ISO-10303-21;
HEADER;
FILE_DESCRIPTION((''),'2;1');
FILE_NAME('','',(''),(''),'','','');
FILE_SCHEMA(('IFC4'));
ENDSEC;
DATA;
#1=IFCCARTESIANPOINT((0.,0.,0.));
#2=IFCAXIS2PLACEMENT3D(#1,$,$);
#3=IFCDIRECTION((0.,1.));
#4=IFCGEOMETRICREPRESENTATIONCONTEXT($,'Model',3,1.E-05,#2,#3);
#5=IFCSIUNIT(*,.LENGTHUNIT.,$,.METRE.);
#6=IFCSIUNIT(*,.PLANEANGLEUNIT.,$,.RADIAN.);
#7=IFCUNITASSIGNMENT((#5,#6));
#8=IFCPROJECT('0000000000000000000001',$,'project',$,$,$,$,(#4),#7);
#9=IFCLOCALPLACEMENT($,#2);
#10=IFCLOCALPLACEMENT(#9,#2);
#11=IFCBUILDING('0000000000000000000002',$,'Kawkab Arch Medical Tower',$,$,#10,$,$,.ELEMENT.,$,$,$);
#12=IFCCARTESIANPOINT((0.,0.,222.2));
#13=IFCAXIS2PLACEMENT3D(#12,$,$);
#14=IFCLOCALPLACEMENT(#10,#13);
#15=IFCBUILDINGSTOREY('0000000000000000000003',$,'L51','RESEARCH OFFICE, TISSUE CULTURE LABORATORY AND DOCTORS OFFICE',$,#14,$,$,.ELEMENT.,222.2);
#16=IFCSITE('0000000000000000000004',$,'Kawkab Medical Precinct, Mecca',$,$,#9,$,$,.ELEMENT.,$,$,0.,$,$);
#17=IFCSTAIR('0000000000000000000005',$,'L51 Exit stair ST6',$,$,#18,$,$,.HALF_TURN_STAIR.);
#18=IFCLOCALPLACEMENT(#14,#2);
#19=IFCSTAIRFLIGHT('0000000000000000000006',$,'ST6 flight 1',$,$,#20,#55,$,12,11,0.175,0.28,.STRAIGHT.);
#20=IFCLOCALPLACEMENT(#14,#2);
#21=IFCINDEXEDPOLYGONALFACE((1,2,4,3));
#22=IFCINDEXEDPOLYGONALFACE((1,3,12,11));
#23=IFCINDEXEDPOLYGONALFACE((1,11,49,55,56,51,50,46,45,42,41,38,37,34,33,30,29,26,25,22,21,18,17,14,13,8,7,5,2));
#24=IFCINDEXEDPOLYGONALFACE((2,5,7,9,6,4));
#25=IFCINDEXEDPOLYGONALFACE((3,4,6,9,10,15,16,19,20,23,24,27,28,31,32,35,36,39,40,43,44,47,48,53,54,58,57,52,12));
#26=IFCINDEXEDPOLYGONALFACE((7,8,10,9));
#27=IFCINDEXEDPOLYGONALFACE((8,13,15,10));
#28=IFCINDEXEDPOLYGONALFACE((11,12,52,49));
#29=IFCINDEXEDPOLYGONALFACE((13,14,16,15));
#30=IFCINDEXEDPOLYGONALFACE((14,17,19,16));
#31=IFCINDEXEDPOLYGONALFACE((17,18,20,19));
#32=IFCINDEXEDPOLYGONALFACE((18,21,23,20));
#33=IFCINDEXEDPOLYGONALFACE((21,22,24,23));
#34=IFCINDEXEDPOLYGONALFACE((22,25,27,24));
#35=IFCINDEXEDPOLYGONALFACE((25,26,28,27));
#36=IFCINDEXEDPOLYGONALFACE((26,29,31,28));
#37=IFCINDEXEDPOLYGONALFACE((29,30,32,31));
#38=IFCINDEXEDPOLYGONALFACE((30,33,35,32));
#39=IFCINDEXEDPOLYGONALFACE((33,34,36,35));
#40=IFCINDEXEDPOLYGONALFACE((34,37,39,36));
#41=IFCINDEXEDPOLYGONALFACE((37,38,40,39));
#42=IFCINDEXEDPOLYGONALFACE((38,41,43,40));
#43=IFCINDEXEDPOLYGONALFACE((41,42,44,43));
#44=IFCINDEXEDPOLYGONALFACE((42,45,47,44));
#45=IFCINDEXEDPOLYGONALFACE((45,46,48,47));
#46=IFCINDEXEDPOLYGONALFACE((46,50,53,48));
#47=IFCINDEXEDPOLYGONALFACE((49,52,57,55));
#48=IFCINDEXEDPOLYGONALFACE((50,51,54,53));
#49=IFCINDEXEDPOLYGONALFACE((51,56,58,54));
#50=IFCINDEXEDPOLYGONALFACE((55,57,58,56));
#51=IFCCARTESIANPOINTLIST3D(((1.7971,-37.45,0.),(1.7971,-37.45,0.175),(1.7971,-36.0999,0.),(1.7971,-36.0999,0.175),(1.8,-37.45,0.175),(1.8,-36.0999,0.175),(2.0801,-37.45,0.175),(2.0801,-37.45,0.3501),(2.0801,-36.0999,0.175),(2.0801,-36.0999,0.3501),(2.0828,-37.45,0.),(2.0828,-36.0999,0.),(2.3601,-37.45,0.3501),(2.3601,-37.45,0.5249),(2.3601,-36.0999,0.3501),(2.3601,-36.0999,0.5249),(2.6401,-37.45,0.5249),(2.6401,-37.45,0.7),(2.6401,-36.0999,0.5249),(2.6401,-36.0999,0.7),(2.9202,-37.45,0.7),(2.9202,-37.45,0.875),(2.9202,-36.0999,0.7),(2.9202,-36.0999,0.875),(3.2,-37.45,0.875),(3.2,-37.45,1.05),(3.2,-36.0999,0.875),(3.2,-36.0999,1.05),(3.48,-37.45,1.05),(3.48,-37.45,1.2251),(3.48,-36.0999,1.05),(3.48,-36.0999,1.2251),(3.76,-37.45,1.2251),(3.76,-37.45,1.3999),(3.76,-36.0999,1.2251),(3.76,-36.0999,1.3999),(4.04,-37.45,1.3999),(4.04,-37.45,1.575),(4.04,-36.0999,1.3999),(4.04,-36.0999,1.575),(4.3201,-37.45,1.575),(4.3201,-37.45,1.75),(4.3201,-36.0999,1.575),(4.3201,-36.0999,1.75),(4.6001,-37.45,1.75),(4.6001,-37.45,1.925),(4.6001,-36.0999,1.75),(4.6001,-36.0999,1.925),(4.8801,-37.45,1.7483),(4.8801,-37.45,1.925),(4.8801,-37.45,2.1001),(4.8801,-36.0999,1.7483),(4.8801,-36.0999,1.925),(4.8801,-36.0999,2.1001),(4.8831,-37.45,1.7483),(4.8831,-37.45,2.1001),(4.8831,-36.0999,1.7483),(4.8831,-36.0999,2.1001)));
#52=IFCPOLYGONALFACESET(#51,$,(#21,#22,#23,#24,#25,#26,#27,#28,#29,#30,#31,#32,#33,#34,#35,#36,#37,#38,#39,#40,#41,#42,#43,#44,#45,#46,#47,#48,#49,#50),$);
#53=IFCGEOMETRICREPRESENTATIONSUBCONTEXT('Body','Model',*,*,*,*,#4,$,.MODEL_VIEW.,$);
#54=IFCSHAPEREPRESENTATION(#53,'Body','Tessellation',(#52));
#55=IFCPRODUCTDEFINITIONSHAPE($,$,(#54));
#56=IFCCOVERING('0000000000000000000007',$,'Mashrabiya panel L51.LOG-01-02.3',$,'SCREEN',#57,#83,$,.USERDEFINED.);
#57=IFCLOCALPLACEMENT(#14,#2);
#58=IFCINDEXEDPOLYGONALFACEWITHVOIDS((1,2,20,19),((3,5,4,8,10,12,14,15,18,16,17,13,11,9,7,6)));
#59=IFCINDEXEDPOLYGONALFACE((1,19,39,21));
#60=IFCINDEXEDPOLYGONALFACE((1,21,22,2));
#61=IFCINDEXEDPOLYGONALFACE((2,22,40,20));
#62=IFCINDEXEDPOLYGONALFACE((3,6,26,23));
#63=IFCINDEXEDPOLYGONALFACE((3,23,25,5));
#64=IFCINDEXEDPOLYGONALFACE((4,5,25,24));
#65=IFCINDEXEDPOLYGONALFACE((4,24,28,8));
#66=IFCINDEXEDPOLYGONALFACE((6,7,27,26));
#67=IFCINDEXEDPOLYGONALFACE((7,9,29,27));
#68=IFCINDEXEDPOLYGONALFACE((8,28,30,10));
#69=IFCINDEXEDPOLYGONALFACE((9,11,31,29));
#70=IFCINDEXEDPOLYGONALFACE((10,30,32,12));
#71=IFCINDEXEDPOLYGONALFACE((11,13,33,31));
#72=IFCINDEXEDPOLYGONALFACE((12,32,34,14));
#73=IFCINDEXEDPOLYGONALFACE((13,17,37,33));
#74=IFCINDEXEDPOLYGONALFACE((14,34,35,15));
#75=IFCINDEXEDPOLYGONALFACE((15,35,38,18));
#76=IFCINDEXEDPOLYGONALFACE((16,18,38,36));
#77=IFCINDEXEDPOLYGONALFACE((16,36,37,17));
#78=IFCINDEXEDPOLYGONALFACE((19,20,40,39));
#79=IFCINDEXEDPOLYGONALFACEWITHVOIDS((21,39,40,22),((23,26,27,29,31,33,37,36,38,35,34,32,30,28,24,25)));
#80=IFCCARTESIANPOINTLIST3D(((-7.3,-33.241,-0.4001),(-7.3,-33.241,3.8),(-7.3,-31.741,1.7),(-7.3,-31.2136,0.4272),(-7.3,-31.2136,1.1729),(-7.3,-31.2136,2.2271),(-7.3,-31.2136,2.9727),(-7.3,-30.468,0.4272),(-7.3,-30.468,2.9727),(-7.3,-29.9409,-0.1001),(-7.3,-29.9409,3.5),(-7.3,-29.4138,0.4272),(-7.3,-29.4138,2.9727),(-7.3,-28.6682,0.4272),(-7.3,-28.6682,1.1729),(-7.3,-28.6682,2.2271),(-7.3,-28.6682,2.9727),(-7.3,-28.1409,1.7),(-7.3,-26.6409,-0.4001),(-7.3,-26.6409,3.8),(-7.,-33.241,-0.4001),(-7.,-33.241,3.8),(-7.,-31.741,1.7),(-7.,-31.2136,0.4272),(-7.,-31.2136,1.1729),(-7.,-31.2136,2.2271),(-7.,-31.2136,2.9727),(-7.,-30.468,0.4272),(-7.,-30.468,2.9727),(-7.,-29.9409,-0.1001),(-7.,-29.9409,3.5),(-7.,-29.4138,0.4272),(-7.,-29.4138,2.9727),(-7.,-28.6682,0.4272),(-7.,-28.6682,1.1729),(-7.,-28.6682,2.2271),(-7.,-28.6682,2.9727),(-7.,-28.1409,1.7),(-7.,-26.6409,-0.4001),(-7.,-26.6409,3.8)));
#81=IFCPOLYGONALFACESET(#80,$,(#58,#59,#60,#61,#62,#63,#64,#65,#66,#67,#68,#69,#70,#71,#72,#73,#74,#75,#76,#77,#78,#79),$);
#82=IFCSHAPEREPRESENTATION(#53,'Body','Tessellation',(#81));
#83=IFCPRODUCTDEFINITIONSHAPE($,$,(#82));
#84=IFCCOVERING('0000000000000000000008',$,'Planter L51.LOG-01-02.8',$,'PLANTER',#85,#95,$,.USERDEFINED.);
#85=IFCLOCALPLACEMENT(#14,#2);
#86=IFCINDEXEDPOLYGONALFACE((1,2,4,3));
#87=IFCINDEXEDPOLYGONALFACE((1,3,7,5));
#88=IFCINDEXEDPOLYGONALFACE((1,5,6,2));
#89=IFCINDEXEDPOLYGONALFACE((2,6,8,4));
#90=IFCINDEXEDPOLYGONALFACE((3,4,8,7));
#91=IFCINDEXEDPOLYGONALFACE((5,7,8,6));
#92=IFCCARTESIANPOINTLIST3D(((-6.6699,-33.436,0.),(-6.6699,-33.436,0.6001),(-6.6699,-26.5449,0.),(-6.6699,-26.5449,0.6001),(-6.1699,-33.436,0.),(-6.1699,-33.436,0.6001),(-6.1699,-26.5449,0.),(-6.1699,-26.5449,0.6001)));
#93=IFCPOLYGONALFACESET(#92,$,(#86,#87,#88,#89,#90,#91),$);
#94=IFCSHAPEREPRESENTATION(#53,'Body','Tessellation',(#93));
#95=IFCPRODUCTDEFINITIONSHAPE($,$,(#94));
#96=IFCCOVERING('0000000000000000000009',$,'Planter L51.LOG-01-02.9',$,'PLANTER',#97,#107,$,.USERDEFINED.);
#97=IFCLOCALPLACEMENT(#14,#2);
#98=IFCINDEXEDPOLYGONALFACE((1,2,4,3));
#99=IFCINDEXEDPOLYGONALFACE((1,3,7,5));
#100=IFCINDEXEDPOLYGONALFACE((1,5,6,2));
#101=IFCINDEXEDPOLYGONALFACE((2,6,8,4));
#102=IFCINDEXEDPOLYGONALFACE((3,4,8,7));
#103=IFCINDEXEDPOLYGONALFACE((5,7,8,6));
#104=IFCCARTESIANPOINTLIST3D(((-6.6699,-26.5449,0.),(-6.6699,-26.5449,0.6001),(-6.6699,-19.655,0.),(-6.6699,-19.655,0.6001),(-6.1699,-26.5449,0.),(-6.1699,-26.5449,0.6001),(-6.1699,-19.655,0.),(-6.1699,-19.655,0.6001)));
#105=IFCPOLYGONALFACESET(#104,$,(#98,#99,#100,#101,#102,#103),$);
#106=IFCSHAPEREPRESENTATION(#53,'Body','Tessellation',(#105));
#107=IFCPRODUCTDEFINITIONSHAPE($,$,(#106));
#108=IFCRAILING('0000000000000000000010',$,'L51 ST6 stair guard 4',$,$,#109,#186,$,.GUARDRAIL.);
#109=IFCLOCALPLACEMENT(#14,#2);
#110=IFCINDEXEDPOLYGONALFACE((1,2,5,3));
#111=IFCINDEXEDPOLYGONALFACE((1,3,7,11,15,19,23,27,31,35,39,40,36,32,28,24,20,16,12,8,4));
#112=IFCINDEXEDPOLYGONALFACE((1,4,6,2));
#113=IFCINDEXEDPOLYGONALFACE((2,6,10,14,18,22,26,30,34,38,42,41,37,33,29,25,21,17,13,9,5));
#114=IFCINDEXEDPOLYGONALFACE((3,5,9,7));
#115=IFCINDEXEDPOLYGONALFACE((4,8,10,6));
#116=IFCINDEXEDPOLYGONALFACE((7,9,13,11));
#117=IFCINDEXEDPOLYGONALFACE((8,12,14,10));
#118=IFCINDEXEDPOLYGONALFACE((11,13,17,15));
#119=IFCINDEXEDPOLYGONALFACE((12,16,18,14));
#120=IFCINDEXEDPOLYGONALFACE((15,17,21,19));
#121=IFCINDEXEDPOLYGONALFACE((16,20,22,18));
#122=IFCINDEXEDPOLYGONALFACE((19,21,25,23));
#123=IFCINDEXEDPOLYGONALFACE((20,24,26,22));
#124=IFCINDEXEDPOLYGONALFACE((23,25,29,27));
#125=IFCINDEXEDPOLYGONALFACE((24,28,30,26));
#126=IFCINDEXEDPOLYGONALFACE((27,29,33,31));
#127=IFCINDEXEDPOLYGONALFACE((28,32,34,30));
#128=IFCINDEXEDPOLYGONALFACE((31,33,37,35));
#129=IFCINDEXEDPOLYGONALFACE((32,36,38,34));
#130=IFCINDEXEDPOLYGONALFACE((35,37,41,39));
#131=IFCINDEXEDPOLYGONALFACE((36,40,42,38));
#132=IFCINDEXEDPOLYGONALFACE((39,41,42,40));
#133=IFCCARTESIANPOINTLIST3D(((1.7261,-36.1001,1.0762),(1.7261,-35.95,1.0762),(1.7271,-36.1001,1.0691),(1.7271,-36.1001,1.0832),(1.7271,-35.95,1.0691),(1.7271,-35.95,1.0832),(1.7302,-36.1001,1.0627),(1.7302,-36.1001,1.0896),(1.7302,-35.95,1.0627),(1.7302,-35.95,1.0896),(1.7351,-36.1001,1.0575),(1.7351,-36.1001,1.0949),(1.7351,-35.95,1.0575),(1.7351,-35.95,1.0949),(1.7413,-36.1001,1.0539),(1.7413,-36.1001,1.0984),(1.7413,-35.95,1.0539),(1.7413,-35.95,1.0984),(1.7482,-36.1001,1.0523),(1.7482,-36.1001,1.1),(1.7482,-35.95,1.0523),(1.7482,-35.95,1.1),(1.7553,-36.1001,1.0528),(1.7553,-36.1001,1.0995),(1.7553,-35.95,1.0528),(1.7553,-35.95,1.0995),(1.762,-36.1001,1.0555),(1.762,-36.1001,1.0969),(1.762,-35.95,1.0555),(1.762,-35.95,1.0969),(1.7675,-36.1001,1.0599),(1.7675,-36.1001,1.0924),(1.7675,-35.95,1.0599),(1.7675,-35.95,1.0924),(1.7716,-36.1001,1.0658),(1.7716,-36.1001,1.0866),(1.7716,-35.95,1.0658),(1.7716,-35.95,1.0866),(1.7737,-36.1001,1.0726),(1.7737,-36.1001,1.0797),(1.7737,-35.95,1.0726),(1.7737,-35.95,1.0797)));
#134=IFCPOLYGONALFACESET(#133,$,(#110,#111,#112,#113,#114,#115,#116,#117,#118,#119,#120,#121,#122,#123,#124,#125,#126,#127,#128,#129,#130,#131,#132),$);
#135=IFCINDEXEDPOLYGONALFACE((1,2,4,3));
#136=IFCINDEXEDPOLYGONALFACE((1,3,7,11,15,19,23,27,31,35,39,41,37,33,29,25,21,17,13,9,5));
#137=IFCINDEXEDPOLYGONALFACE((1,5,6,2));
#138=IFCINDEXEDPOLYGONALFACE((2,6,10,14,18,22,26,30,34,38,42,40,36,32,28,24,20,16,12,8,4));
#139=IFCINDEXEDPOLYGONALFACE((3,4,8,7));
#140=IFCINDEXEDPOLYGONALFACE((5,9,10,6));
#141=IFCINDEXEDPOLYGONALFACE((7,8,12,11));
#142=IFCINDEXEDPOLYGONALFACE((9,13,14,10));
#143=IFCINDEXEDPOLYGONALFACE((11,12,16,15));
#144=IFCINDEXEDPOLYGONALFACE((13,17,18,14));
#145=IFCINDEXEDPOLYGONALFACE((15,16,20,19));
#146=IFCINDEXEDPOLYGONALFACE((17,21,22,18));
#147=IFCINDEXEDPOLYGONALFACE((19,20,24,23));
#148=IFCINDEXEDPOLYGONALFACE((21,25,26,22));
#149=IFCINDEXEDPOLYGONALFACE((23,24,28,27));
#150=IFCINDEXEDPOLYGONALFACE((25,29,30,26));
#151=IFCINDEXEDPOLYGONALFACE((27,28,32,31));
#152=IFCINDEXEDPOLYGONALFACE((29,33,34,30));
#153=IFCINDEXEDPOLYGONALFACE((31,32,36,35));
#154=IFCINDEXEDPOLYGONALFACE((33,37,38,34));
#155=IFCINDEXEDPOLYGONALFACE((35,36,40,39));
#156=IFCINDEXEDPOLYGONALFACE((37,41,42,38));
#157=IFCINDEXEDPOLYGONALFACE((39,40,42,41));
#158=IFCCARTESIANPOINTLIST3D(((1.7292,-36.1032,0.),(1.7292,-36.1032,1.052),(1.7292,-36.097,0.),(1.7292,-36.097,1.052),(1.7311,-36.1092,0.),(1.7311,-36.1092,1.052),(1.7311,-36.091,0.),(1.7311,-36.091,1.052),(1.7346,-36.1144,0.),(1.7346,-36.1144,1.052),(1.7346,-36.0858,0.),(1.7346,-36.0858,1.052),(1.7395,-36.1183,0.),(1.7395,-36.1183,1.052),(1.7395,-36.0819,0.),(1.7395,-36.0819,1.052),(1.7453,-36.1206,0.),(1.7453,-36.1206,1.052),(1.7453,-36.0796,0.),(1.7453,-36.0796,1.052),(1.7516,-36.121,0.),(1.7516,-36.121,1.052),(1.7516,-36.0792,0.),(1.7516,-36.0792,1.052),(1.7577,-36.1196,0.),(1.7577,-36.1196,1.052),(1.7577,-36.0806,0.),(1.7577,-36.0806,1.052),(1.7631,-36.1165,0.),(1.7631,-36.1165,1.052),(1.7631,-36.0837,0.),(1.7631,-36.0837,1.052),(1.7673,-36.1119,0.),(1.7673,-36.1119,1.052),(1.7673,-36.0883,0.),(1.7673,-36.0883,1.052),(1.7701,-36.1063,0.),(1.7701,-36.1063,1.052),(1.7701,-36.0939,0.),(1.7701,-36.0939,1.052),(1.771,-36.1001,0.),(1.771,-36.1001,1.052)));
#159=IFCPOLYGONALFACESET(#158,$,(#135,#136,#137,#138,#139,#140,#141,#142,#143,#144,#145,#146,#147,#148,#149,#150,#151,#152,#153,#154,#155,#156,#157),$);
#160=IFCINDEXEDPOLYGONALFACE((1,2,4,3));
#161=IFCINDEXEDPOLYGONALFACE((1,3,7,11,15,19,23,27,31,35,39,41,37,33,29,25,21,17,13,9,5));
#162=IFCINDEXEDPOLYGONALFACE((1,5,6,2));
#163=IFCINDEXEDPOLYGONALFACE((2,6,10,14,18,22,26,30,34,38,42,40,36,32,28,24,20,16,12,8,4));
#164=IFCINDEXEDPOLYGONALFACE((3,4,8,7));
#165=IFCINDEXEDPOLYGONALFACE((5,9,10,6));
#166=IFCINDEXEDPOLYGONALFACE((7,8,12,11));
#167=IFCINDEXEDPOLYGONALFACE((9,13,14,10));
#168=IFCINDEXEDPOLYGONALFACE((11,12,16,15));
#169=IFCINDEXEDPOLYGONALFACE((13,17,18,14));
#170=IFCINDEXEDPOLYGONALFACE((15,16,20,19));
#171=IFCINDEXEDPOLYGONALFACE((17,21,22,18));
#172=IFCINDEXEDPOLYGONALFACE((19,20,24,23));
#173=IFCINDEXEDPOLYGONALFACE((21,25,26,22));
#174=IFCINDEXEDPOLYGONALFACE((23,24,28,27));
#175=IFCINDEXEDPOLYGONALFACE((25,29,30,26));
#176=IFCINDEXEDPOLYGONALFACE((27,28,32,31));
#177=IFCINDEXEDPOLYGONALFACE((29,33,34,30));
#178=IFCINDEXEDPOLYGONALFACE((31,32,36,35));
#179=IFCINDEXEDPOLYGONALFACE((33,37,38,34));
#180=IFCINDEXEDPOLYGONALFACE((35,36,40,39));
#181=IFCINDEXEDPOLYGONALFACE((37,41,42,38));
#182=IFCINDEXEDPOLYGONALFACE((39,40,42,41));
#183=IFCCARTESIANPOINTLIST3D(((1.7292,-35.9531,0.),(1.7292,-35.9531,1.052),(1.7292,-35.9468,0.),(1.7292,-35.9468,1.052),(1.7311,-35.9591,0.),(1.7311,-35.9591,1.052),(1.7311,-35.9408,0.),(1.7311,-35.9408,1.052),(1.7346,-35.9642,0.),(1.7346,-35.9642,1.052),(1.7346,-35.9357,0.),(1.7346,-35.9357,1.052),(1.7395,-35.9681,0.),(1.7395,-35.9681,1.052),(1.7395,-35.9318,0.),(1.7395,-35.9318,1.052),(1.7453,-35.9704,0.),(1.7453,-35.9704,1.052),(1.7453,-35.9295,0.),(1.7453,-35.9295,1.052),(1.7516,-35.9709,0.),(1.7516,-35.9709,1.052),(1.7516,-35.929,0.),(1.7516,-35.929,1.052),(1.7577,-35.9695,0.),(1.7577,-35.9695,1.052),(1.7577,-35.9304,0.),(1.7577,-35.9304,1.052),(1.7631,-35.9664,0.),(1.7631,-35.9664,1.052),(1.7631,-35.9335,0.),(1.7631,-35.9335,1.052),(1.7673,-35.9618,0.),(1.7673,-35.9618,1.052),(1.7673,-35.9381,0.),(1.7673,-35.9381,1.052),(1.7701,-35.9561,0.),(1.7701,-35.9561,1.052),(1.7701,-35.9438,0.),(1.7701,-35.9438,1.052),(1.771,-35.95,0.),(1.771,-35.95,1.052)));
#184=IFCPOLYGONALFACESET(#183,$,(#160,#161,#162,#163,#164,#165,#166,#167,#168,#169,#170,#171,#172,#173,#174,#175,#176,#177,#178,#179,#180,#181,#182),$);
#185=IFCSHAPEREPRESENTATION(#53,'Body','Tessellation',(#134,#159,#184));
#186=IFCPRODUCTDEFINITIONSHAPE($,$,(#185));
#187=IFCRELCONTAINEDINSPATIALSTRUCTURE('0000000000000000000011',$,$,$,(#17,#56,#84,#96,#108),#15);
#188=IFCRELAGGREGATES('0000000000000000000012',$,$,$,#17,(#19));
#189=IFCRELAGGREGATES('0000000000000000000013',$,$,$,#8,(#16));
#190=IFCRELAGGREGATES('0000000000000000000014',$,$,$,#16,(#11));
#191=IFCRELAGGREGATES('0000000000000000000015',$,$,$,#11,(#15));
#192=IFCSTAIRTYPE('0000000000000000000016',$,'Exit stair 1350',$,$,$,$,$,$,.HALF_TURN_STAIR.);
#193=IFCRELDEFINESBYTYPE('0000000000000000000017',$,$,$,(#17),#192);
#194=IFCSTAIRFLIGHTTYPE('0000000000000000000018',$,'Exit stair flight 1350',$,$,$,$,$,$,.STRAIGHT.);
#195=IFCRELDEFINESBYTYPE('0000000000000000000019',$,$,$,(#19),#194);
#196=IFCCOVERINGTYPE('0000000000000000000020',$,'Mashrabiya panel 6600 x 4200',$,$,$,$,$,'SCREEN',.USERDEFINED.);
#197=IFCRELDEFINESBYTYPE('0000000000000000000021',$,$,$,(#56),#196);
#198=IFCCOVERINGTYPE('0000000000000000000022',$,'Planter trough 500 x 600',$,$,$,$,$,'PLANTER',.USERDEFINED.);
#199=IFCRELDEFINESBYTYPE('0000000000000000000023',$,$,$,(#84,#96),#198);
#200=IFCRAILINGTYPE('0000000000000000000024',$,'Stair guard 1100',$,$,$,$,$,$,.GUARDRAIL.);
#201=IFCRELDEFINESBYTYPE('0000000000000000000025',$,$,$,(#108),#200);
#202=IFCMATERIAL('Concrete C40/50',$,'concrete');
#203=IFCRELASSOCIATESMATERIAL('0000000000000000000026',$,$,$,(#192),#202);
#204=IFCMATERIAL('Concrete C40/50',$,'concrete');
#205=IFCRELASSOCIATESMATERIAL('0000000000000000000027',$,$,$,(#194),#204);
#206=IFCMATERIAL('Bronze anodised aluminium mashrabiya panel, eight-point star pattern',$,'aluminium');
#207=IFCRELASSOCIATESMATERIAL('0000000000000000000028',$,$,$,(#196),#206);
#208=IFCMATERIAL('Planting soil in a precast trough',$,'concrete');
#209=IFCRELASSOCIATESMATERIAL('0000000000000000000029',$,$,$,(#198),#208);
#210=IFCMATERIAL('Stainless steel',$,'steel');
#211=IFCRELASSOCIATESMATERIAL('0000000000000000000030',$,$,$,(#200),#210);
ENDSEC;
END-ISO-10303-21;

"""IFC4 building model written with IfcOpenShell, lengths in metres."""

from ifc_helpers import new_model, si_unit, direction, frame, origin, origin_2d, place, context, subcontext, project, spatial, polyline, rectangle, circle, outline, extrude, material, material_profile, profile_set, type_object, element, aggregate, save


model = new_model("IFC4")

# Units and contexts
model_context = context("Model", 3, precision=1e-05, world=origin(), true_north=direction((0.0, 1.0)))
body_context = subcontext(model_context, "Body", "Model", "MODEL_VIEW")
ifc_project = project(units=[si_unit("LENGTHUNIT", "METRE"), si_unit("PLANEANGLEUNIT", "RADIAN")], contexts=[model_context])

# Site, building, storey
site_placement = place(None, origin())
site = spatial("IfcSite", under=ifc_project, at=site_placement, Name="Kawkab Medical Precinct, Mecca", CompositionType="ELEMENT", RefElevation=0.0)
building_placement = place(site_placement, origin())
building = spatial("IfcBuilding", under=site, at=building_placement, Name="Kawkab Arch Medical Tower", CompositionType="ELEMENT")
storey_placement = place(building_placement, frame((0.0, 0.0, 222.2)))
storey = spatial("IfcBuildingStorey", under=building, at=storey_placement, Name="L51", Description="RESEARCH OFFICE, TISSUE CULTURE LABORATORY AND DOCTORS OFFICE", CompositionType="ELEMENT", Elevation=222.2)

# Shared definitions
placement = place(storey_placement, origin())

# Stair, stair flight
ifc_material_1 = material(Name="Concrete C40/50", Category="concrete")
stair_type = type_object("IfcStairType", Name="Exit stair 1350", PredefinedType="HALF_TURN_STAIR", material=ifc_material_1)
stair = element("IfcStair", 1, at=placement, inside=storey, type_object=stair_type, Name="L51 Exit stair ST6", PredefinedType="HALF_TURN_STAIR")
ifc_material_2 = material(Name="Concrete C40/50", Category="concrete")
stair_flight_type = type_object("IfcStairFlightType", Name="Exit stair flight 1350", PredefinedType="STRAIGHT", material=ifc_material_2)
stair_flight_placement = place(storey_placement, frame((1.8, -36.7749, 0.0), z_axis=(0.0, 0.0, 1.0), x_axis=(1.0, 0.0, 0.0)))
stair_flight = element("IfcStairFlight", 2, at=stair_flight_placement, type_object=stair_flight_type, Name="ST6 flight 1", NumberOfRisers=12, NumberOfTreads=11, PredefinedType="STRAIGHT", RiserHeight=0.175, TreadLength=0.28, context=body_context, shape_type="SweptSolid", body=[
    extrude(outline(polyline([(-0.0029, 0.0), (-0.0029, 0.175), (0.0, 0.175), (0.28, 0.175), (0.28, 0.3501), (0.5601, 0.3501), (0.5601, 0.5249), (0.8401, 0.5249), (0.8401, 0.7), (1.1201, 0.7), (1.1201, 0.875), (1.3999, 0.875), (1.3999, 1.05), (1.6799, 1.05), (1.6799, 1.2251), (1.96, 1.2251), (1.96, 1.3999), (2.24, 1.3999), (2.24, 1.575), (2.52, 1.575), (2.52, 1.75), (2.8, 1.75), (2.8, 1.925), (3.0801, 1.925), (3.0801, 2.1001), (3.083, 2.1001), (3.083, 1.7483), (3.0801, 1.7483), (0.2827, 0.0), (-0.0029, 0.0)])), frame((0.0, 0.675, 0.0), z_axis=(0.0, -1.0, 0.0), x_axis=(1.0, 0.0, 0.0)), (0.0, 0.0, 1.0), 1.3501),
])
aggregate(stair, [stair_flight])

# Coverings
ifc_material_3 = material(Name="Bronze anodised aluminium mashrabiya panel, eight-point star pattern", Category="aluminium")
ifc_material_profile_1 = material_profile(ifc_material_3, outline(polyline([(-3.3, -2.1001), (3.3, -2.1001), (3.3, 2.1001), (-3.3, 2.1001), (-3.3, -2.1001)]), holes=[polyline([(1.8, 0.0), (1.2727, 0.5271), (1.2727, 1.2727), (0.5271, 1.2727), (0.0, 1.8), (-0.5271, 1.2727), (-1.2727, 1.2727), (-1.2727, 0.5271), (-1.8, 0.0), (-1.2727, -0.5271), (-1.2727, -1.2727), (-0.5271, -1.2727), (0.0, -1.8), (0.5271, -1.2727), (1.2727, -1.2727), (1.2727, -0.5271), (1.8, 0.0)])]), Name="Mashrabiya panel 6600x4200")
ifc_profile_set_1 = profile_set([ifc_material_profile_1], Name="Bronze anodised aluminium mashrabiya panel, eight-point star pattern")
covering_type_1 = type_object("IfcCoveringType", Name="Mashrabiya panel 6600 x 4200", ElementType="SCREEN", PredefinedType="USERDEFINED", material=ifc_profile_set_1)
covering_1_placement = place(storey_placement, frame((-7.0, -29.9409, 1.7), z_axis=(-1.0, 0.0, 0.0), x_axis=(0.0, -1.0, 0.0)))
element("IfcCovering", 3, at=covering_1_placement, inside=storey, type_object=covering_type_1, Name="Mashrabiya panel L51.LOG-01-02.3", ObjectType="SCREEN", PredefinedType="USERDEFINED", context=body_context, shape_type="SweptSolid", body=[
    extrude(outline(polyline([(-3.3, -2.1001), (3.3, -2.1001), (3.3, 2.1001), (-3.3, 2.1001), (-3.3, -2.1001)]), holes=[polyline([(1.8, 0.0), (1.2727, 0.5271), (1.2727, 1.2727), (0.5271, 1.2727), (0.0, 1.8), (-0.5271, 1.2727), (-1.2727, 1.2727), (-1.2727, 0.5271), (-1.8, 0.0), (-1.2727, -0.5271), (-1.2727, -1.2727), (-0.5271, -1.2727), (0.0, -1.8), (0.5271, -1.2727), (1.2727, -1.2727), (1.2727, -0.5271), (1.8, 0.0)])]), origin(), (0.0, 0.0, 1.0), 0.3),
])
ifc_material_4 = material(Name="Planting soil in a precast trough", Category="concrete")
ifc_material_profile_2 = material_profile(ifc_material_4, rectangle(XDim=0.5, YDim=0.6001, at=origin_2d()), Name="Trough 500x600")
ifc_profile_set_2 = profile_set([ifc_material_profile_2], Name="Planting soil in a precast trough")
covering_type_2 = type_object("IfcCoveringType", Name="Planter trough 500 x 600", ElementType="PLANTER", PredefinedType="USERDEFINED", material=ifc_profile_set_2)
covering_2_placement = place(storey_placement, frame((-6.4199, -33.436, 0.3), z_axis=(0.0, 1.0, 0.0), x_axis=(-1.0, 0.0, 0.0)))
element("IfcCovering", 4, at=covering_2_placement, inside=storey, type_object=covering_type_2, Name="Planter L51.LOG-01-02.8", ObjectType="PLANTER", PredefinedType="USERDEFINED", context=body_context, shape_type="SweptSolid", body=[
    extrude(rectangle(XDim=0.5, YDim=0.6001, at=origin_2d()), origin(), (0.0, 0.0, 1.0), 6.8911),
])
covering_3_placement = place(storey_placement, frame((-6.4199, -26.5449, 0.3), z_axis=(0.0, 1.0, 0.0), x_axis=(-1.0, 0.0, 0.0)))
element("IfcCovering", 5, at=covering_3_placement, inside=storey, type_object=covering_type_2, Name="Planter L51.LOG-01-02.9", ObjectType="PLANTER", PredefinedType="USERDEFINED", context=body_context, shape_type="SweptSolid", body=[
    extrude(rectangle(XDim=0.5, YDim=0.6001, at=origin_2d()), origin(), (0.0, 0.0, 1.0), 6.8899),
])

# Railing
ifc_material_5 = material(Name="Stainless steel", Category="steel")
railing_type_1 = type_object("IfcRailingType", Name="Stair guard 1100", PredefinedType="GUARDRAIL", material=ifc_material_5)
railing_1_placement = place(storey_placement, frame((1.75, -36.1001, 0.0)))
element("IfcRailing", 6, at=railing_1_placement, inside=storey, type_object=railing_type_1, Name="L51 ST6 stair guard 4", PredefinedType="GUARDRAIL", context=body_context, shape_type="SweptSolid", body=[
    extrude(circle(Radius=0.0239, at=origin_2d()), frame((0.0, 0.0, 1.0762), z_axis=(0.0, 1.0, 0.0), x_axis=(-1.0, 0.0, 0.0)), (0.0, 0.0, 1.0), 0.1501),
    extrude(circle(Radius=0.021, at=origin_2d()), origin(), (0.0, 0.0, 1.0), 1.052),
    extrude(circle(Radius=0.021, at=origin_2d()), frame((0.0, 0.1501, 0.0)), (0.0, 0.0, 1.0), 1.052),
])

save(model, "model.ifc")
